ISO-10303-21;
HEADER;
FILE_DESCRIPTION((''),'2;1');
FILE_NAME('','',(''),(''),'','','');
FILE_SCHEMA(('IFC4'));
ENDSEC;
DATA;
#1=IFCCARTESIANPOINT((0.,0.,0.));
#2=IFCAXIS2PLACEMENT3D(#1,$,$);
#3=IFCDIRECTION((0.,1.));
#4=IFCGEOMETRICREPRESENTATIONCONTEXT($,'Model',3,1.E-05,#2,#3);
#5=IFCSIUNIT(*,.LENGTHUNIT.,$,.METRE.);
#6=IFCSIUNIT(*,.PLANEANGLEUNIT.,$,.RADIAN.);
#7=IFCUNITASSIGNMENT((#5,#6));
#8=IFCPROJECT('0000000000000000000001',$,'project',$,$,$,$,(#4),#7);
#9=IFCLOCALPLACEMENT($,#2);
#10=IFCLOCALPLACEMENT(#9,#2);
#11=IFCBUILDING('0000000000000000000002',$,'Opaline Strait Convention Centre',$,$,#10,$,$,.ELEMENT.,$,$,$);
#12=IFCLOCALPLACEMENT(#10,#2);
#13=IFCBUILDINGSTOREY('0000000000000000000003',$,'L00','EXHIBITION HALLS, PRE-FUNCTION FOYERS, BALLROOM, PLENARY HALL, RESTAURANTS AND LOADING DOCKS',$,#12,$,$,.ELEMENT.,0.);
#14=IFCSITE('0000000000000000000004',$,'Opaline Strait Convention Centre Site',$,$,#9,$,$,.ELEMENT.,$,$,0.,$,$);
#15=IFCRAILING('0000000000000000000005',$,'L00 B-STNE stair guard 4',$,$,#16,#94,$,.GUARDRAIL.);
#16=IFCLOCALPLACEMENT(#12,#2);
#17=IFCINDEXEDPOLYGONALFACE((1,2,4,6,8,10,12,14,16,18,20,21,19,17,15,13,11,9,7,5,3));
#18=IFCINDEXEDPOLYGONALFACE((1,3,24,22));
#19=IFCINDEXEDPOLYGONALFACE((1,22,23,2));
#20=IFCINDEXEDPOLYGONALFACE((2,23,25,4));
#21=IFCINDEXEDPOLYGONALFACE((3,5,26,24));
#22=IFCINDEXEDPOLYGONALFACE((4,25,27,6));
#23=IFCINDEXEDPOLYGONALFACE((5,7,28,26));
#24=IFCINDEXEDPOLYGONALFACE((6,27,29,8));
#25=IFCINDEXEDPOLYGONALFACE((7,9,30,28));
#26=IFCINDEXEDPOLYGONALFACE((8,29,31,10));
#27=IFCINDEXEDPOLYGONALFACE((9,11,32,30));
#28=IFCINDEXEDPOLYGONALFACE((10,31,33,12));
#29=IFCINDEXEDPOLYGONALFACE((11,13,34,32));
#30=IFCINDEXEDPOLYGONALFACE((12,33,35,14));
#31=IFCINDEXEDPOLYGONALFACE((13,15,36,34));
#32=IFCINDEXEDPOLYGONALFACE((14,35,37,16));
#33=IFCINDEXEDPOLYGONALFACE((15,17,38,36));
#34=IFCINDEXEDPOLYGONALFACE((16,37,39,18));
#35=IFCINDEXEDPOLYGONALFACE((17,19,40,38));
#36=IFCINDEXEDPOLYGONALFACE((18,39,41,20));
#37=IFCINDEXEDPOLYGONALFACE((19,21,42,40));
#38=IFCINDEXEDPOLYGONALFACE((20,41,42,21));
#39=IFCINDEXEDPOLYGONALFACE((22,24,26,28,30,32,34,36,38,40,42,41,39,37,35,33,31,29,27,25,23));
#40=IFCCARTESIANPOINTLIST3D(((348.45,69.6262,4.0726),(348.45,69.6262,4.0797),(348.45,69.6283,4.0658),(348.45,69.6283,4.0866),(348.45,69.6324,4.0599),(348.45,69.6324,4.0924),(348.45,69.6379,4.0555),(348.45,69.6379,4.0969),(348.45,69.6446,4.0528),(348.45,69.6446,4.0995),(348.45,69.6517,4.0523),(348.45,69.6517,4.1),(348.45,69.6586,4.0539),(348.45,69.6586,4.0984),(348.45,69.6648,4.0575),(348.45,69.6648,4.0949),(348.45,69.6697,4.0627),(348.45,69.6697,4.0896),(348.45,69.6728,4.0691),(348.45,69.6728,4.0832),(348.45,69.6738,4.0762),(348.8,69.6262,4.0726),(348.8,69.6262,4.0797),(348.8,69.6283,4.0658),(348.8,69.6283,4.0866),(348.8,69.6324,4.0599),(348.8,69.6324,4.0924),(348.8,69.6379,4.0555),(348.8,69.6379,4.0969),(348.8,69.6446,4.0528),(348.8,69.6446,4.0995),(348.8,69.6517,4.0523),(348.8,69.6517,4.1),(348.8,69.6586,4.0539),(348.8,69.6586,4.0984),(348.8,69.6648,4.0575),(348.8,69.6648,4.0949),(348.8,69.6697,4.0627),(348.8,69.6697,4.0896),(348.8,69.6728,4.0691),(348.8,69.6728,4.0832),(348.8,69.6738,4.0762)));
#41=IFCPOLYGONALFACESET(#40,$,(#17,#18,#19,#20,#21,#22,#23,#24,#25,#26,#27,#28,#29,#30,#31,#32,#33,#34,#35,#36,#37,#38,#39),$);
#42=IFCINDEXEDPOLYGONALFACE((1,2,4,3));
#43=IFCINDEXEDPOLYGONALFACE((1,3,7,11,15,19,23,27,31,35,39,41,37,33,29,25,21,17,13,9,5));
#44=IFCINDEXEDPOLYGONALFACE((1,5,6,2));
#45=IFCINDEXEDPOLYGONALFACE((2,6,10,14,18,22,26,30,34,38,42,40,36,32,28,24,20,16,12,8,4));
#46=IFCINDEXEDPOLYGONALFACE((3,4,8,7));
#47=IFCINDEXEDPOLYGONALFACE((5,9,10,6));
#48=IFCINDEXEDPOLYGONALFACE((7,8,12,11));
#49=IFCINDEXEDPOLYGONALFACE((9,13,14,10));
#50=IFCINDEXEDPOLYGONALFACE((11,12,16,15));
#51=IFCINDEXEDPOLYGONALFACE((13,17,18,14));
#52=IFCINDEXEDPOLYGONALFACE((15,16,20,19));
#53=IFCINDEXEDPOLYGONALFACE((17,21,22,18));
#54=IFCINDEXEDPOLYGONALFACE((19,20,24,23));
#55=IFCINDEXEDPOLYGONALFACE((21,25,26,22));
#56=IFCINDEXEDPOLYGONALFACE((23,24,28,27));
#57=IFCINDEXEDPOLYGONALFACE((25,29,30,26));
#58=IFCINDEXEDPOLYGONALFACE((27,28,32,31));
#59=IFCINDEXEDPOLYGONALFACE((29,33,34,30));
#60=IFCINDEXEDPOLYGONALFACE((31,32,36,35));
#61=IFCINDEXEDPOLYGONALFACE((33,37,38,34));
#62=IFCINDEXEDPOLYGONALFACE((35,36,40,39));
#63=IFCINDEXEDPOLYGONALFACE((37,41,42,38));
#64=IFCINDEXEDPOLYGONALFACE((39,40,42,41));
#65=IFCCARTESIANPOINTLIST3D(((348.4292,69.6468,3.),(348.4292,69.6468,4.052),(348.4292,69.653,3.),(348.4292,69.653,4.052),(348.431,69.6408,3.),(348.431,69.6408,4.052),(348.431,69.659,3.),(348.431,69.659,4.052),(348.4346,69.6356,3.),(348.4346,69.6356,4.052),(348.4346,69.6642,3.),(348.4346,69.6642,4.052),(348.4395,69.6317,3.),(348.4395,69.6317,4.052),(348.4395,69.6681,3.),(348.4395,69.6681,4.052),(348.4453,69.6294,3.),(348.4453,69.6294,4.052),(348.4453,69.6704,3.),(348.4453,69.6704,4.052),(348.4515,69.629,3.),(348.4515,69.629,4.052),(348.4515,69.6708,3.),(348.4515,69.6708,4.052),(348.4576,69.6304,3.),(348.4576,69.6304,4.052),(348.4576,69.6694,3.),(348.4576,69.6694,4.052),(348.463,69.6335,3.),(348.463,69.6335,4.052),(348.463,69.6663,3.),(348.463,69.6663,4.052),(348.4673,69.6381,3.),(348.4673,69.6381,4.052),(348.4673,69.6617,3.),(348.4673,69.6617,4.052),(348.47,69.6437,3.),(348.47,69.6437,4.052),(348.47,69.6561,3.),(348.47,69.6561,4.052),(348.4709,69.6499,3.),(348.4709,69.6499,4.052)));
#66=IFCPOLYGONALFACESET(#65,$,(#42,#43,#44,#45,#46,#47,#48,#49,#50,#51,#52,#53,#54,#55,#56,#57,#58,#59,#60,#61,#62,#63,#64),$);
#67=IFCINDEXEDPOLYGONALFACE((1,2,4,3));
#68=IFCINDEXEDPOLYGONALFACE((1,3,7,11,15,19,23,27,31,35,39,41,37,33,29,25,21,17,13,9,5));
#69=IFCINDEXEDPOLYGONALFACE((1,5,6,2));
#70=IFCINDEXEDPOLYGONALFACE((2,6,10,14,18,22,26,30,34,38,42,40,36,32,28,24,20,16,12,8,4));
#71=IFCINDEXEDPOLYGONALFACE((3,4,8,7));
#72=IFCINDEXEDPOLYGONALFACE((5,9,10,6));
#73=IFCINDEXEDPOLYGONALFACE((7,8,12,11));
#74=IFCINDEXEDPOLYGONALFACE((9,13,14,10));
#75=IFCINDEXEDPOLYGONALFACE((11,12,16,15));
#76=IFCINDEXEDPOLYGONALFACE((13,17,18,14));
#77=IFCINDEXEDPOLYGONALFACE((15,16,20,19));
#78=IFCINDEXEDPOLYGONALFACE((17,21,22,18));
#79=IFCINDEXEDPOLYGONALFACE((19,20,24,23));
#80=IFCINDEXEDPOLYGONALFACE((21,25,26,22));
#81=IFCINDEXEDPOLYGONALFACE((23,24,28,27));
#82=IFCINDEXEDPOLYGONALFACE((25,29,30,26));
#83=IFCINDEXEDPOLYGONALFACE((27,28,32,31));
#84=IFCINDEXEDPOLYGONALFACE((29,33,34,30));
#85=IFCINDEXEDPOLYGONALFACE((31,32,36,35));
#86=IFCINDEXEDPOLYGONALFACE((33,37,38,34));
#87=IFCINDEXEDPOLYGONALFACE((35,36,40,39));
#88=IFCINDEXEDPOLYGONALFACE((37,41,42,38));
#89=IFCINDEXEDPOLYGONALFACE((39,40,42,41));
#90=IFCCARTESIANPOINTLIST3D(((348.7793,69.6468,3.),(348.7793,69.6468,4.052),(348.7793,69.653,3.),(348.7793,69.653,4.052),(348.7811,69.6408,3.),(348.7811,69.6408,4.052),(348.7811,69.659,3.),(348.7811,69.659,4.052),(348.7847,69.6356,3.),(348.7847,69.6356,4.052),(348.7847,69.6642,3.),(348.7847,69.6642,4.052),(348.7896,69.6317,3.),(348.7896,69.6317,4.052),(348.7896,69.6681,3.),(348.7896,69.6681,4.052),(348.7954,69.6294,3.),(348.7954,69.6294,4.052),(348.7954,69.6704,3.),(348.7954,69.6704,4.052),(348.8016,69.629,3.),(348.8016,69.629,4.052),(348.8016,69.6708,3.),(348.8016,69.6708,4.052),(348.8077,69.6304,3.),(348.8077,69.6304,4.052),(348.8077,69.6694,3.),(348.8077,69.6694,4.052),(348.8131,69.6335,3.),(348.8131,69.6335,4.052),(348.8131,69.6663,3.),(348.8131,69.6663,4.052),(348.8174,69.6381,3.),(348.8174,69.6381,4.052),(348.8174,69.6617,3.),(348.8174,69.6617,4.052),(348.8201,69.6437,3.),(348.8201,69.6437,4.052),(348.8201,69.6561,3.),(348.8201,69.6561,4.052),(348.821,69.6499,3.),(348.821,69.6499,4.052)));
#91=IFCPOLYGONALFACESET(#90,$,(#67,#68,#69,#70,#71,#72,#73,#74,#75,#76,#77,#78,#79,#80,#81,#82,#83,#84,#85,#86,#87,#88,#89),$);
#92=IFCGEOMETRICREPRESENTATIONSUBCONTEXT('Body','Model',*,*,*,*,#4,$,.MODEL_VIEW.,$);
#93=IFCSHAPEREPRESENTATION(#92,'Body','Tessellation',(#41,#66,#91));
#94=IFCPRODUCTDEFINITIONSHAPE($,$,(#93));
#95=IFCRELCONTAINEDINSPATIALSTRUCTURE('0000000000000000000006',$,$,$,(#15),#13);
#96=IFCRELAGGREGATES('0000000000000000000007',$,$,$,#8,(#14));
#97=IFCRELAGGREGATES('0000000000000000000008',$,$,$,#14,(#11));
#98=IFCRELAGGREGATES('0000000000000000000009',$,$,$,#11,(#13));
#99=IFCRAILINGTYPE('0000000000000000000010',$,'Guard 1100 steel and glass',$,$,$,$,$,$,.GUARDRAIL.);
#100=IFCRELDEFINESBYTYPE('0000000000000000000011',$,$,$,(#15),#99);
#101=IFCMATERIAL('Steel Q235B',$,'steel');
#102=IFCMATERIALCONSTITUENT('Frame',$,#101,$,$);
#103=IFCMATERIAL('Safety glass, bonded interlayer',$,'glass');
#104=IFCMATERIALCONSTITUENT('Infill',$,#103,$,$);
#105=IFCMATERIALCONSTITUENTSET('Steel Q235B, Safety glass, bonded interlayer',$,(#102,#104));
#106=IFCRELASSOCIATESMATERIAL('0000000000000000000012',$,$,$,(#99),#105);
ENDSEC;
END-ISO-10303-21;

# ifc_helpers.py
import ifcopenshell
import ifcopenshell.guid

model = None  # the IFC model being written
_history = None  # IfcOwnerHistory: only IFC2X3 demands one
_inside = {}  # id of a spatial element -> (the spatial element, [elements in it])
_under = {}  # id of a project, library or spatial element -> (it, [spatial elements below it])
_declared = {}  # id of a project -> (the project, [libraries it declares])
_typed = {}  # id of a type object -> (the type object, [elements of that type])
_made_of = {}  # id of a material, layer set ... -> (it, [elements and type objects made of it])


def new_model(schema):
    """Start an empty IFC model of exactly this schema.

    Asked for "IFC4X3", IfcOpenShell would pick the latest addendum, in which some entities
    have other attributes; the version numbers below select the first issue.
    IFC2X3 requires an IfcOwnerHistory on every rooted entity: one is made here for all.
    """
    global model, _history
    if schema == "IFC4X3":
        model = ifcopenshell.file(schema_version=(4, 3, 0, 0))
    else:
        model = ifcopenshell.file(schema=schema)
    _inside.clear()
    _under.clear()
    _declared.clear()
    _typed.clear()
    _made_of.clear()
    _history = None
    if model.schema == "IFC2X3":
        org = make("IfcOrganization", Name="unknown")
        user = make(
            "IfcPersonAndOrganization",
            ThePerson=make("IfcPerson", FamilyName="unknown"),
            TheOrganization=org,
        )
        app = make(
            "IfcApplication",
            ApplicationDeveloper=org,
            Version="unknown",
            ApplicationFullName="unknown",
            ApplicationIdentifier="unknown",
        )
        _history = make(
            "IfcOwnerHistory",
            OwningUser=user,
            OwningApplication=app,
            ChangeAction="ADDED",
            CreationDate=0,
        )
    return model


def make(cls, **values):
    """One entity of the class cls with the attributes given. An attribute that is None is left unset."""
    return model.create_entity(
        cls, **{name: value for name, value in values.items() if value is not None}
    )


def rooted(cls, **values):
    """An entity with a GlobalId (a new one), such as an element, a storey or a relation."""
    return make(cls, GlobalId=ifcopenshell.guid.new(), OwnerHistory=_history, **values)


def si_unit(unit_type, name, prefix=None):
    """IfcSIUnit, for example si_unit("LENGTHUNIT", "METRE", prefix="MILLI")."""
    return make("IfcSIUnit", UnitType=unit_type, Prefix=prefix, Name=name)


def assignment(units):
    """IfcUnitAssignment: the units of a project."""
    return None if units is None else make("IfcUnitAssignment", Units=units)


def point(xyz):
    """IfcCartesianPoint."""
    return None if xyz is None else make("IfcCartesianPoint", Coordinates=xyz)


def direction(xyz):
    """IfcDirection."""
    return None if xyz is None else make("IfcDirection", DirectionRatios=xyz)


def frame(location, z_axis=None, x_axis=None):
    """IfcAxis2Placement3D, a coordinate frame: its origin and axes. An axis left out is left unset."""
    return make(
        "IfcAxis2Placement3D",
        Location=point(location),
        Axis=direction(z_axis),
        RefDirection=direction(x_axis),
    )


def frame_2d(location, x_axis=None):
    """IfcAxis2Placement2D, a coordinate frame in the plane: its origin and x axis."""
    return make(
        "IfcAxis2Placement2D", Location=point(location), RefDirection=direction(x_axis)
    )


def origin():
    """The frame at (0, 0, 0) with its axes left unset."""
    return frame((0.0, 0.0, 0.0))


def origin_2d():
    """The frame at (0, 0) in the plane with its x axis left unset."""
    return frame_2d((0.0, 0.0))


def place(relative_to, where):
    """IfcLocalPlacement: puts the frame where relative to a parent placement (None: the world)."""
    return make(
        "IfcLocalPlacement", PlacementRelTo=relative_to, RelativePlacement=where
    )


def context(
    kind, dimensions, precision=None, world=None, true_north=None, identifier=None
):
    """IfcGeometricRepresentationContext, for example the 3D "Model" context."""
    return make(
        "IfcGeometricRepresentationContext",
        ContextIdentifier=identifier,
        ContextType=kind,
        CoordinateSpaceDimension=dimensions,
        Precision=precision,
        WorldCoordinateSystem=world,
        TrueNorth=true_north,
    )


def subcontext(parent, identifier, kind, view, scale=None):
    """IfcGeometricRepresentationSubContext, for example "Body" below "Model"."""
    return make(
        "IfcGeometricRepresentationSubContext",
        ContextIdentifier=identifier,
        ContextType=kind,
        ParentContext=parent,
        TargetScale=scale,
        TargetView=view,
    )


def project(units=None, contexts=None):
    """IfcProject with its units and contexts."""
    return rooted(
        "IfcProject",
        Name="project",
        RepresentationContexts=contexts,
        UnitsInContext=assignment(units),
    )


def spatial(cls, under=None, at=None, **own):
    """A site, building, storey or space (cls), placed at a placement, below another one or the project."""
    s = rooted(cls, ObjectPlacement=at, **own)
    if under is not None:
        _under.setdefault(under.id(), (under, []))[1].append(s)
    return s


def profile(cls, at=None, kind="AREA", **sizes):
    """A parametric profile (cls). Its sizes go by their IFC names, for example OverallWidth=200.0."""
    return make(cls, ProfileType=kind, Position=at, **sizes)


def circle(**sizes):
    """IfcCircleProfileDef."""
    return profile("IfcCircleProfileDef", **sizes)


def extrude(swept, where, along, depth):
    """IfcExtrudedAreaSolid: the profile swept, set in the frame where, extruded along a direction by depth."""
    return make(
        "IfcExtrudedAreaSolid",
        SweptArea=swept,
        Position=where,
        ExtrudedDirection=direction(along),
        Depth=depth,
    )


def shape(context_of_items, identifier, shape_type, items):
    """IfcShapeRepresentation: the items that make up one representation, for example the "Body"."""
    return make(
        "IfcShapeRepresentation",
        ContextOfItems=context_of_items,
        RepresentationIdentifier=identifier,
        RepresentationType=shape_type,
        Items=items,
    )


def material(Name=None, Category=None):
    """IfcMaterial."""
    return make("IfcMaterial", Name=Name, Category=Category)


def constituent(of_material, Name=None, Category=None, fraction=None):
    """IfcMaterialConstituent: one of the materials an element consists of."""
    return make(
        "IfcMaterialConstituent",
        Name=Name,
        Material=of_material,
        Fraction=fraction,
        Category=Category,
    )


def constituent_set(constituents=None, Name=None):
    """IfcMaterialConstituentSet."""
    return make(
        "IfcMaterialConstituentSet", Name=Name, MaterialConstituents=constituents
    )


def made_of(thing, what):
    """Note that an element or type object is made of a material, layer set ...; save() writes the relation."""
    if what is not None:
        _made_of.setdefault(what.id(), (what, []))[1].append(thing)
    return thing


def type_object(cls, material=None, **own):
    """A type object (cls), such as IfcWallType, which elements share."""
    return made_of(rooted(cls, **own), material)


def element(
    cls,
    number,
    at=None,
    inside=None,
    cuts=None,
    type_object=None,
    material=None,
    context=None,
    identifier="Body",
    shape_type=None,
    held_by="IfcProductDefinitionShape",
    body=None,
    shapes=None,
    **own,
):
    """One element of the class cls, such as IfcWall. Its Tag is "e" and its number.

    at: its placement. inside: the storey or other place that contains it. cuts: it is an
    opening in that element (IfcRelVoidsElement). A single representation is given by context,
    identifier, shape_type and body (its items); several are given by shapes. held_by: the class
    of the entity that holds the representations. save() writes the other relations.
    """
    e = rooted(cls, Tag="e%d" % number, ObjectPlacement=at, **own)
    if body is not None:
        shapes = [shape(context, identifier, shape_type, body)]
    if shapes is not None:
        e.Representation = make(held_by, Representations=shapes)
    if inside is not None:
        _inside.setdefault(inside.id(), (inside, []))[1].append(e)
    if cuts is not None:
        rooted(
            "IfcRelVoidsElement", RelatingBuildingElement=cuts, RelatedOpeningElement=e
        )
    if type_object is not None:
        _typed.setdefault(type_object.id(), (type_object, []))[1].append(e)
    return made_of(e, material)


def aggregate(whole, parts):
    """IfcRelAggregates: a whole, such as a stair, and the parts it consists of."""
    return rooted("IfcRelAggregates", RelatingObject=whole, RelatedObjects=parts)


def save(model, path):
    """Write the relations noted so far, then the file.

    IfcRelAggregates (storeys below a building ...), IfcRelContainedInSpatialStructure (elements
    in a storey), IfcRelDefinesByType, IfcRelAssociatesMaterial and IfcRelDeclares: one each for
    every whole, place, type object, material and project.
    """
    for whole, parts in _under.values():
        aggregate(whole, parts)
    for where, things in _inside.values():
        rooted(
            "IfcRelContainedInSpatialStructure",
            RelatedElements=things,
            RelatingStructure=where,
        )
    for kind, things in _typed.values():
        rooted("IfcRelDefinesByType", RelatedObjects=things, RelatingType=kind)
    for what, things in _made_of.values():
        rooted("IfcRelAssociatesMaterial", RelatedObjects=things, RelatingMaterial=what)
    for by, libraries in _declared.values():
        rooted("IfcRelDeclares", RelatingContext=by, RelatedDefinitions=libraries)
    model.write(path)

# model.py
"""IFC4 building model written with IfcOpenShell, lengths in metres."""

from ifc_helpers import new_model, si_unit, direction, frame, origin, origin_2d, place, context, subcontext, project, spatial, circle, extrude, material, constituent, constituent_set, type_object, element, save


model = new_model("IFC4")

# Units and contexts
model_context = context("Model", 3, precision=1e-05, world=origin(), true_north=direction((0.0, 1.0)))
body_context = subcontext(model_context, "Body", "Model", "MODEL_VIEW")
ifc_project = project(units=[si_unit("LENGTHUNIT", "METRE"), si_unit("PLANEANGLEUNIT", "RADIAN")], contexts=[model_context])

# Site, building, storey
site_placement = place(None, origin())
site = spatial("IfcSite", under=ifc_project, at=site_placement, Name="Opaline Strait Convention Centre Site", CompositionType="ELEMENT", RefElevation=0.0)
building_placement = place(site_placement, origin())
building = spatial("IfcBuilding", under=site, at=building_placement, Name="Opaline Strait Convention Centre", CompositionType="ELEMENT")
storey_placement = place(building_placement, origin())
storey = spatial("IfcBuildingStorey", under=building, at=storey_placement, Name="L00", Description="EXHIBITION HALLS, PRE-FUNCTION FOYERS, BALLROOM, PLENARY HALL, RESTAURANTS AND LOADING DOCKS", CompositionType="ELEMENT", Elevation=0.0)

# Shared definitions
ifc_material_1 = material(Name="Steel Q235B", Category="steel")

# Railing
ifc_constituent_1 = constituent(ifc_material_1, Name="Frame")
ifc_material_2 = material(Name="Safety glass, bonded interlayer", Category="glass")
ifc_constituent_2 = constituent(ifc_material_2, Name="Infill")
ifc_constituent_set = constituent_set(constituents=[ifc_constituent_1, ifc_constituent_2], Name="Steel Q235B, Safety glass, bonded interlayer")
railing_type_1 = type_object("IfcRailingType", Name="Guard 1100 steel and glass", PredefinedType="GUARDRAIL", material=ifc_constituent_set)
railing_1_placement = place(storey_placement, frame((348.45, 69.6499, 3.0)))
element("IfcRailing", 1, at=railing_1_placement, inside=storey, type_object=railing_type_1, Name="L00 B-STNE stair guard 4", PredefinedType="GUARDRAIL", context=body_context, shape_type="SweptSolid", body=[
    extrude(circle(Radius=0.0239, at=origin_2d()), frame((0.0, 0.0, 1.0762), z_axis=(1.0, 0.0, 0.0), x_axis=(0.0, 1.0, 0.0)), (0.0, 0.0, 1.0), 0.3501),
    extrude(circle(Radius=0.021, at=origin_2d()), origin(), (0.0, 0.0, 1.0), 1.052),
    extrude(circle(Radius=0.021, at=origin_2d()), frame((0.3501, 0.0, 0.0)), (0.0, 0.0, 1.0), 1.052),
])

save(model, "model.ifc")
